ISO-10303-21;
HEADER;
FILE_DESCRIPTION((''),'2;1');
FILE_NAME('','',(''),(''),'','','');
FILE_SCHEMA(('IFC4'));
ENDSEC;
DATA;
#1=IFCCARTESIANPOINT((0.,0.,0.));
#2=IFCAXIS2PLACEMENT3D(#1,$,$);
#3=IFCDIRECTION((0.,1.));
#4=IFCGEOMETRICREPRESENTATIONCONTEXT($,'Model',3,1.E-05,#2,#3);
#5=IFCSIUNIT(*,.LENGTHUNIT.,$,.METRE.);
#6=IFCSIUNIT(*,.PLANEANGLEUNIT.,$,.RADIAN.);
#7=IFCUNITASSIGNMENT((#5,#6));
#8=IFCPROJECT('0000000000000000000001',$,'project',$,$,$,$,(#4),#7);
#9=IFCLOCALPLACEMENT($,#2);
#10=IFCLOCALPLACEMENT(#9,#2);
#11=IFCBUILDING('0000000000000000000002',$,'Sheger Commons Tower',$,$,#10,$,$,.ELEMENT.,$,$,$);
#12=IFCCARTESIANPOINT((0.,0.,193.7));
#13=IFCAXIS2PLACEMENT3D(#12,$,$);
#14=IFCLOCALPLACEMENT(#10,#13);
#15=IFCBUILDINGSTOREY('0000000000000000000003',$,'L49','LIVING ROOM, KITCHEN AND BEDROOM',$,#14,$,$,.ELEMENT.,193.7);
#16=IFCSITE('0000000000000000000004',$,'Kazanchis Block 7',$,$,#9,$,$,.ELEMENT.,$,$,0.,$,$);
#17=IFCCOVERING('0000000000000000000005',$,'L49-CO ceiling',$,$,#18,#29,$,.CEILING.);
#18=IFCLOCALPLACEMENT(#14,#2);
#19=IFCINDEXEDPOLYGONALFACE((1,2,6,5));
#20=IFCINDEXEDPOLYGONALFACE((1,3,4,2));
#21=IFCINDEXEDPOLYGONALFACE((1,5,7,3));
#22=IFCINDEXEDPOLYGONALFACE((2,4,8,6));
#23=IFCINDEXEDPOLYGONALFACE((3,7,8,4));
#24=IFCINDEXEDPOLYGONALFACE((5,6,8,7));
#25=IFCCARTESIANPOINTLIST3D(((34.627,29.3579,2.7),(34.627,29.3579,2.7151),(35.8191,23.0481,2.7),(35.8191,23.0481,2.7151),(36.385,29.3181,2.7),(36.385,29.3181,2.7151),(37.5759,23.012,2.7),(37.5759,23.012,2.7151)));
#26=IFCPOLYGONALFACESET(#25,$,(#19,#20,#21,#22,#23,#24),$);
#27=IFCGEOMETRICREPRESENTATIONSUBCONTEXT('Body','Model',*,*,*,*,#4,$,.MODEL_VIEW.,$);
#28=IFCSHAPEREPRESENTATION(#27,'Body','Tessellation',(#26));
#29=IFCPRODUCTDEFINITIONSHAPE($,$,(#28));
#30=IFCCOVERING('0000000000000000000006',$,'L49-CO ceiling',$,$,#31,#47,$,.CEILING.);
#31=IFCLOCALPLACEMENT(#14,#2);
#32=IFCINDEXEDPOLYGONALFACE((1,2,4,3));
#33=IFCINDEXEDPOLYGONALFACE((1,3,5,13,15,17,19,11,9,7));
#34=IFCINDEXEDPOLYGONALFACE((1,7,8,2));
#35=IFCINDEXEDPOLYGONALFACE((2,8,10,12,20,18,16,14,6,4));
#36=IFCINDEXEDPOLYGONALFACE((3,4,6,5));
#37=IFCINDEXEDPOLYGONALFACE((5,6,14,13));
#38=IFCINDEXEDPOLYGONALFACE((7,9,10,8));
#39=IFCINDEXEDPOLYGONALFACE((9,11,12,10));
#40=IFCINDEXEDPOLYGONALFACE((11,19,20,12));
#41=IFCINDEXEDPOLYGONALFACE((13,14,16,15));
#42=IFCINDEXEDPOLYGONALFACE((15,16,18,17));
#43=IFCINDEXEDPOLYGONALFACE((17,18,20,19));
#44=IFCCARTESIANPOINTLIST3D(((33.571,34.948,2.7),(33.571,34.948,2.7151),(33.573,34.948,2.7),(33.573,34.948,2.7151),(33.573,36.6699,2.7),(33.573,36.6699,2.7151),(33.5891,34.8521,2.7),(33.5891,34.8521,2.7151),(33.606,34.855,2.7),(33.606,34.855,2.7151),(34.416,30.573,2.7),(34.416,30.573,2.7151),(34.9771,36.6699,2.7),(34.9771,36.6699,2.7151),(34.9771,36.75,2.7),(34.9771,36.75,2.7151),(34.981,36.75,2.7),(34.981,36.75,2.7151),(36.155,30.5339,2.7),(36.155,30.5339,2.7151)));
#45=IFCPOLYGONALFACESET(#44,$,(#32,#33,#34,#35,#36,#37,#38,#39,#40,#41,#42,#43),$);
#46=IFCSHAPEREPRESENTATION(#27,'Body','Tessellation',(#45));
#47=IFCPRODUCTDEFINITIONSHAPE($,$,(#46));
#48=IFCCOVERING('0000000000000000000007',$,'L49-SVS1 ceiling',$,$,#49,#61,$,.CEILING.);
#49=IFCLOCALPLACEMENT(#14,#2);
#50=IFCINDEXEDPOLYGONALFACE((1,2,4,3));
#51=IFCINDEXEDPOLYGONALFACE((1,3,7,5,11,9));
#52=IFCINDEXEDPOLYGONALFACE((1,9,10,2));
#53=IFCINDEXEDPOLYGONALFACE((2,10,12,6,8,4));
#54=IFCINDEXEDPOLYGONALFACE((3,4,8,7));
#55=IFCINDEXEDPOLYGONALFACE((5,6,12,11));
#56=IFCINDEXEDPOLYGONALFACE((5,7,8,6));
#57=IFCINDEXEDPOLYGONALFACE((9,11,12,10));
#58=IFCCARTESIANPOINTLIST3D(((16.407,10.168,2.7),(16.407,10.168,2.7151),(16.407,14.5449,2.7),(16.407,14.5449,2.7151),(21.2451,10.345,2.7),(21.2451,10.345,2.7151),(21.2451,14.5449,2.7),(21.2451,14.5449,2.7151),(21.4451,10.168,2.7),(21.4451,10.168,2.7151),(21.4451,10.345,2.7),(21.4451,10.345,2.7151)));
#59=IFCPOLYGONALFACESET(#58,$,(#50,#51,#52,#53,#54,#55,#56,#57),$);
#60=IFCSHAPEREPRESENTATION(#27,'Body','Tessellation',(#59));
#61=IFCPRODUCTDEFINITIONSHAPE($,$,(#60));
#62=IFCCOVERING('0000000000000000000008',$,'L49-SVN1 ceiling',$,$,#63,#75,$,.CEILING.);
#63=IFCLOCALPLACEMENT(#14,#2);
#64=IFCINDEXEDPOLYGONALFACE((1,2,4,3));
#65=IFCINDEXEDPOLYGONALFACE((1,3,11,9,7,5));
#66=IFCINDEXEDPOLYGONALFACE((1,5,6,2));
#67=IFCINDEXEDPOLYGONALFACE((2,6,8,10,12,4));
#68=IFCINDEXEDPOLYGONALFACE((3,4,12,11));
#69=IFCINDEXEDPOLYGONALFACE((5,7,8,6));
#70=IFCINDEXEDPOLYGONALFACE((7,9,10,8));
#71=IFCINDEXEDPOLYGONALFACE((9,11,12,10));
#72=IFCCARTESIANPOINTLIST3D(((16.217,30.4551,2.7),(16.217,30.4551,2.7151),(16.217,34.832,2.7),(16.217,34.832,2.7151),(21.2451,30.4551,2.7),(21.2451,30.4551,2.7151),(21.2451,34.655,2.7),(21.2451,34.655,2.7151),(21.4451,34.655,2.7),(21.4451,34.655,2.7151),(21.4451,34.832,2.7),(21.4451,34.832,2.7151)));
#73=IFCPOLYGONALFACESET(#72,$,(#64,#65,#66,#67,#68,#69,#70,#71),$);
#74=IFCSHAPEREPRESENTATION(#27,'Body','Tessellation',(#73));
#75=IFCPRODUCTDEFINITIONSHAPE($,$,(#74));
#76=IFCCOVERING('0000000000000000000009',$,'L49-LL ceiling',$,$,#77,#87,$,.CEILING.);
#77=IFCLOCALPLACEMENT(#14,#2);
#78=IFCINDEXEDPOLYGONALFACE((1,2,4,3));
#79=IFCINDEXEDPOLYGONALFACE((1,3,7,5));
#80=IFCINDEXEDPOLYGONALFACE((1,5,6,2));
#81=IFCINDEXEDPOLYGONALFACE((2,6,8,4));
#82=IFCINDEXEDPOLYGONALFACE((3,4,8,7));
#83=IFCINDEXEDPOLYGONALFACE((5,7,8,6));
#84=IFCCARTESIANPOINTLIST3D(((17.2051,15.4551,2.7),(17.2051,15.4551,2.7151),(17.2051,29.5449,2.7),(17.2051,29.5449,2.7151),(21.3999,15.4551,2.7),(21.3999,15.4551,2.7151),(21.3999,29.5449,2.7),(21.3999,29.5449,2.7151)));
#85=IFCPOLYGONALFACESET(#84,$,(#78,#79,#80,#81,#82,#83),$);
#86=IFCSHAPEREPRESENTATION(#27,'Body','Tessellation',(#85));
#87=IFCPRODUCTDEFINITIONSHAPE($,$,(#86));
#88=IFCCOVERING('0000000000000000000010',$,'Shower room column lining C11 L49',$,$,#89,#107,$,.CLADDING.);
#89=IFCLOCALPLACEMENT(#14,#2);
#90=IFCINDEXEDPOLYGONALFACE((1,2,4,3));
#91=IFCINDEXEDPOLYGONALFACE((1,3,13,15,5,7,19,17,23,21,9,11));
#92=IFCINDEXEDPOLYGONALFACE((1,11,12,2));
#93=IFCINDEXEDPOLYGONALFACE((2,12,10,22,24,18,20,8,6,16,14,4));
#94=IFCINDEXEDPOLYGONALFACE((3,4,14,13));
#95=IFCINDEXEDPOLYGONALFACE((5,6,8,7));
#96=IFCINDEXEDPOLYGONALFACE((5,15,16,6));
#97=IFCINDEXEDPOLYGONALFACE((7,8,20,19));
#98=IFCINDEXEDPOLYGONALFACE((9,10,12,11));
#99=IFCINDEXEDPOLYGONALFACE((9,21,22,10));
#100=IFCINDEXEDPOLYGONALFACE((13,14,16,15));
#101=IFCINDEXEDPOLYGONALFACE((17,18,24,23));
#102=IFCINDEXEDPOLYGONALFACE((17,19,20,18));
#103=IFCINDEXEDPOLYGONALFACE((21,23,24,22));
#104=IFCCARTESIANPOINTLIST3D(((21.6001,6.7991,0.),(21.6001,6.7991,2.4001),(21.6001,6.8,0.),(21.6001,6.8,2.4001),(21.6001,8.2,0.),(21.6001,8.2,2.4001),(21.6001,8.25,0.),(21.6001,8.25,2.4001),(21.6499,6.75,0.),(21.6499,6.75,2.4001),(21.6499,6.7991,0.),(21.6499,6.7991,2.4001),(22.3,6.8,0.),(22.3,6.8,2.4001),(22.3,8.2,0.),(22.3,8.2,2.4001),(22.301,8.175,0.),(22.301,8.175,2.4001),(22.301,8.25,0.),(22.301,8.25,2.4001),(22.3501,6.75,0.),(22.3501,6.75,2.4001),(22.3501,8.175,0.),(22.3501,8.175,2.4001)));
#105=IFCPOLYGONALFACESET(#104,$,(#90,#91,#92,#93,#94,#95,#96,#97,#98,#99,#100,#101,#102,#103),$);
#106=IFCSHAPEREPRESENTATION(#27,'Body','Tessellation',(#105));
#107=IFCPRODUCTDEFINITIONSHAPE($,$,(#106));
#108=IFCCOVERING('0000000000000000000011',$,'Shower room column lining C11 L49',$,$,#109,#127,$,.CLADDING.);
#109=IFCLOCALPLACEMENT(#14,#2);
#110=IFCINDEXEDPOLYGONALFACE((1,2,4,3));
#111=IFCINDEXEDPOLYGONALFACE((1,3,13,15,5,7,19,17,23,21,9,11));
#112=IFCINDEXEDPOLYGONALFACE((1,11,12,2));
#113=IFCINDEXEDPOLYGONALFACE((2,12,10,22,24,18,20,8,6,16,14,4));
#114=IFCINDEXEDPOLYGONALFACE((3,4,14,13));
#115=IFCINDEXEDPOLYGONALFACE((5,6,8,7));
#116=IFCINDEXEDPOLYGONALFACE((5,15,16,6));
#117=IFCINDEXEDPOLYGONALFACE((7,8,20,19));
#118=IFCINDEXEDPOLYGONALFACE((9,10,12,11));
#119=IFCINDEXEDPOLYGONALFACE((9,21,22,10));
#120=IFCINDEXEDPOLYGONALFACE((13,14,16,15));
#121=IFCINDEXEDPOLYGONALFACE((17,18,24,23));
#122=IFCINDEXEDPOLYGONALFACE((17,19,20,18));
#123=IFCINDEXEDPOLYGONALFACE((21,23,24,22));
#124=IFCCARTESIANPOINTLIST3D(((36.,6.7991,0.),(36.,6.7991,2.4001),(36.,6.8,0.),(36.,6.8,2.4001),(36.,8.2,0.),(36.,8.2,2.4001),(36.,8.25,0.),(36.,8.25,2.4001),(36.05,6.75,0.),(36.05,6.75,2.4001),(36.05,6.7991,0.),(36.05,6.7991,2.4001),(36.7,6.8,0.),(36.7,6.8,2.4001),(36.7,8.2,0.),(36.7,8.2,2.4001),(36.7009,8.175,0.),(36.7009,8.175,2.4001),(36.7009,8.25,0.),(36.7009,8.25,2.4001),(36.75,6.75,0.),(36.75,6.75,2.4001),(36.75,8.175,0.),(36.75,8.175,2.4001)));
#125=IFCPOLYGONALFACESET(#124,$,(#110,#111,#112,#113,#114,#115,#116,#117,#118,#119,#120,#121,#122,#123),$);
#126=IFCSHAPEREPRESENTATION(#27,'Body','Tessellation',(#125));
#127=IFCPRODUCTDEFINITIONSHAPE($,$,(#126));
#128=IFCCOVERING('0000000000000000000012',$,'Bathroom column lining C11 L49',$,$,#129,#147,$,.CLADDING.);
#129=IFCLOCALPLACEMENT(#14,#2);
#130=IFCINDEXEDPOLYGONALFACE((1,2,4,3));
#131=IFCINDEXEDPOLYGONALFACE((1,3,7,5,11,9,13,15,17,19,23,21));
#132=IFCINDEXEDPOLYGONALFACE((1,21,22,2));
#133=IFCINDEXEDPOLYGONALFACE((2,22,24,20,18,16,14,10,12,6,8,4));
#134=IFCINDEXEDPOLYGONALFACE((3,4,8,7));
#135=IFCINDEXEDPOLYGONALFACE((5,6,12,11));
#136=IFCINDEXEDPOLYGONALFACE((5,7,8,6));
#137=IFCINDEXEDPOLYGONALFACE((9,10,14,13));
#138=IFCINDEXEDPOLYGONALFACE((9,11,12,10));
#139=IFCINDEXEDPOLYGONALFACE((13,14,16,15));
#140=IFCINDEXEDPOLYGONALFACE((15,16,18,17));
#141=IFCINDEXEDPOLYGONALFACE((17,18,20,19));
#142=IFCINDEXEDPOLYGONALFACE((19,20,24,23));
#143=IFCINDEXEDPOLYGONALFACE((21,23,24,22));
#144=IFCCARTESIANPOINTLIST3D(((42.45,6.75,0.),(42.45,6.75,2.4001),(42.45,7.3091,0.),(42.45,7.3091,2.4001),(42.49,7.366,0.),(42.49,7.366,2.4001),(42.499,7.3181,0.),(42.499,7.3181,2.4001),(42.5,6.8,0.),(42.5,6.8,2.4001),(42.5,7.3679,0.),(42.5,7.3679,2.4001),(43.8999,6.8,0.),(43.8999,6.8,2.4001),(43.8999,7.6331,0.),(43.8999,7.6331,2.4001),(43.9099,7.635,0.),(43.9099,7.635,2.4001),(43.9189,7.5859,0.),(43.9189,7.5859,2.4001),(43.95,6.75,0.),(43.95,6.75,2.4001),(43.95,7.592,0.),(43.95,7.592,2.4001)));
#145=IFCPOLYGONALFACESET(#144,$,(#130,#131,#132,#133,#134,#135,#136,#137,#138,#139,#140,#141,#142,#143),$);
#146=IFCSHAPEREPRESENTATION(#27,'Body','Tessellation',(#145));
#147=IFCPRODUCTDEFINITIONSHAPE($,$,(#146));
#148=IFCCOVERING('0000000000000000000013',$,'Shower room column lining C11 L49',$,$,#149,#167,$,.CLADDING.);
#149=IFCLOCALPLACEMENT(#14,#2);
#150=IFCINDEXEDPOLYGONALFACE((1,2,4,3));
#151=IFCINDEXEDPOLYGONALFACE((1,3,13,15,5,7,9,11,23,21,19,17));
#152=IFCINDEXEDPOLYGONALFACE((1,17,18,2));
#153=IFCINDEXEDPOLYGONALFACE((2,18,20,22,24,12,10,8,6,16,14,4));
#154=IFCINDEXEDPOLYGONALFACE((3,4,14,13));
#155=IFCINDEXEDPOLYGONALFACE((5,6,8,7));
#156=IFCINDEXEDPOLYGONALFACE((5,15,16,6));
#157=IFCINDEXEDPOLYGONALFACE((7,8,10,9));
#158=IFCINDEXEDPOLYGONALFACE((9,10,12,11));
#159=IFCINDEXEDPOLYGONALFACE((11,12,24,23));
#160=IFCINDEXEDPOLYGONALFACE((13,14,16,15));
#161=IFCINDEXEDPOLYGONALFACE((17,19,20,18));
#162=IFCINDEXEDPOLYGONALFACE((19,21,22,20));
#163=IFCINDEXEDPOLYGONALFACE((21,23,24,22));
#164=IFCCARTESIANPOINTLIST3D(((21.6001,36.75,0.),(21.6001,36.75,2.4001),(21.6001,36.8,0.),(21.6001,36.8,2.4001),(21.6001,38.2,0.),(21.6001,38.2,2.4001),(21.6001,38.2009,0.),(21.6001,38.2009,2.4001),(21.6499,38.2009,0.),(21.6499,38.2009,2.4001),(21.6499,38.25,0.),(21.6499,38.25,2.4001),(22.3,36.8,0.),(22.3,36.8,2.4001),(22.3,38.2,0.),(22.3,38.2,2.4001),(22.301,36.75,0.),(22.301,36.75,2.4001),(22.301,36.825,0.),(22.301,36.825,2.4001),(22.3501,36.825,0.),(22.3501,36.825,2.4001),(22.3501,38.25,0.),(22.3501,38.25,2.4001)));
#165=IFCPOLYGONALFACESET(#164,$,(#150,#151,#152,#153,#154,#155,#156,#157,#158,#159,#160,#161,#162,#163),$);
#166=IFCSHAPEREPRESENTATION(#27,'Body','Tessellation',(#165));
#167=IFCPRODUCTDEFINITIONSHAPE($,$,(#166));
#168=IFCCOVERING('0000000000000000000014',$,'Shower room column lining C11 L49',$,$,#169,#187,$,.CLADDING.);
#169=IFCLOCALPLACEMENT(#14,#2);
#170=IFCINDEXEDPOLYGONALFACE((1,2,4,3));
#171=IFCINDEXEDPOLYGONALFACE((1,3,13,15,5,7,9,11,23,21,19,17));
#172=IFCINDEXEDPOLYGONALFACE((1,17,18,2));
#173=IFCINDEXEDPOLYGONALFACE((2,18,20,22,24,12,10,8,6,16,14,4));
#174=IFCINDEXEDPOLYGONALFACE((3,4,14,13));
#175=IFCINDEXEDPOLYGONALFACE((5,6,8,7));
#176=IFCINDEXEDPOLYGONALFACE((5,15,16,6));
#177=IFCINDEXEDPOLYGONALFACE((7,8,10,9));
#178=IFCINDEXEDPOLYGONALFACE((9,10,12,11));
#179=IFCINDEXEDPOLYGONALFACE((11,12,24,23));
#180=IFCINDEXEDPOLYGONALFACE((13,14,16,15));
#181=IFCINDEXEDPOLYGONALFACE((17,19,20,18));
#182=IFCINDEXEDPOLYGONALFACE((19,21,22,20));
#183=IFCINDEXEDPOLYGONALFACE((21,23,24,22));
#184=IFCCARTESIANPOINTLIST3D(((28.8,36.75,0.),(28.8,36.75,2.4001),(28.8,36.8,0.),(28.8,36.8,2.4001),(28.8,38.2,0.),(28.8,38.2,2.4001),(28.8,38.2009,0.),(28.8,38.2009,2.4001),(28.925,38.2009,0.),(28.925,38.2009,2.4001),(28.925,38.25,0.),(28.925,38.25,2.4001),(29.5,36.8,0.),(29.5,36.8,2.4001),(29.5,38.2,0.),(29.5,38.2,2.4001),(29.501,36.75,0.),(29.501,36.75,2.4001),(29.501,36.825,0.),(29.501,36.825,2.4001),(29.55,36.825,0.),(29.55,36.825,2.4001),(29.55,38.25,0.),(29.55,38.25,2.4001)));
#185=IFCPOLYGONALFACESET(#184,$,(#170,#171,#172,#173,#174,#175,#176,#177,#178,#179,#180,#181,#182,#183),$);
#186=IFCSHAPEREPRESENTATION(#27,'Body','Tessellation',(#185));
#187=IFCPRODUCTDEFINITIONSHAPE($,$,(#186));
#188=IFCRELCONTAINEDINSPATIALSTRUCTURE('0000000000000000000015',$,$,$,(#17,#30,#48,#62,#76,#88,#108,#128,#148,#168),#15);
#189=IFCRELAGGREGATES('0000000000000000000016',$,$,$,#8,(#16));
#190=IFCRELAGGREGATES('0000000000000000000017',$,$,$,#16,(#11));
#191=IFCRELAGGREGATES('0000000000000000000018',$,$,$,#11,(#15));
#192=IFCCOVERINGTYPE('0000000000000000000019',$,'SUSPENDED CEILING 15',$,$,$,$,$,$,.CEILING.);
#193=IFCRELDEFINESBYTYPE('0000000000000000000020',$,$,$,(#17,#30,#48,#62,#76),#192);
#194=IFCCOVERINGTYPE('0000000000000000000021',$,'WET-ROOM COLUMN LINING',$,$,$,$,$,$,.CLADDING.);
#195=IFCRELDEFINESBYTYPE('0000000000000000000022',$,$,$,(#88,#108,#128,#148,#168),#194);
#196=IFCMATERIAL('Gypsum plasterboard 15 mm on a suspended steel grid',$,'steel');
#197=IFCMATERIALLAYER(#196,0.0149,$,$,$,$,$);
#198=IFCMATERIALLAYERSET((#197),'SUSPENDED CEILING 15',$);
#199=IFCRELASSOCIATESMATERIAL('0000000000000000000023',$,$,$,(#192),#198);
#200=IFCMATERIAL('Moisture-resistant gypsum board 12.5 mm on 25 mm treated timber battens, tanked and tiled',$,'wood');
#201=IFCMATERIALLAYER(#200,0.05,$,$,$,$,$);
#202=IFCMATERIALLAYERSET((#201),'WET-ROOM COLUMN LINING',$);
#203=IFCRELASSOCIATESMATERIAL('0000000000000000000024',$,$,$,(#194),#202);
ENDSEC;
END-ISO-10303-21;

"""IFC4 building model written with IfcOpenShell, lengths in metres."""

from ifc_helpers import new_model, si_unit, direction, frame, origin, place, context, subcontext, project, spatial, polyline, outline, extrude, material, layer, layer_set, type_object, element, save


model = new_model("IFC4")

# Units and contexts
model_context = context("Model", 3, precision=1e-05, world=origin(), true_north=direction((0.0, 1.0)))
body_context = subcontext(model_context, "Body", "Model", "MODEL_VIEW")
ifc_project = project(units=[si_unit("LENGTHUNIT", "METRE"), si_unit("PLANEANGLEUNIT", "RADIAN")], contexts=[model_context])

# Site, building, storey
site_placement = place(None, origin())
site = spatial("IfcSite", under=ifc_project, at=site_placement, Name="Kazanchis Block 7", CompositionType="ELEMENT", RefElevation=0.0)
building_placement = place(site_placement, origin())
building = spatial("IfcBuilding", under=site, at=building_placement, Name="Sheger Commons Tower", CompositionType="ELEMENT")
storey_placement = place(building_placement, frame((0.0, 0.0, 193.7)))
storey = spatial("IfcBuildingStorey", under=building, at=storey_placement, Name="L49", Description="LIVING ROOM, KITCHEN AND BEDROOM", CompositionType="ELEMENT", Elevation=193.7)

# Coverings
ifc_material_1 = material(Name="Gypsum plasterboard 15 mm on a suspended steel grid", Category="steel")
ifc_layer_1 = layer(ifc_material_1, 0.0149)
ifc_layer_set_1 = layer_set([ifc_layer_1], Name="SUSPENDED CEILING 15")
covering_type_1 = type_object("IfcCoveringType", Name="SUSPENDED CEILING 15", PredefinedType="CEILING", material=ifc_layer_set_1)
covering_1_placement = place(storey_placement, frame((0.0, 0.0, 2.7)))
element("IfcCovering", 1, at=covering_1_placement, inside=storey, type_object=covering_type_1, Name="L49-CO ceiling", PredefinedType="CEILING", context=body_context, shape_type="SweptSolid", body=[
    extrude(outline(polyline([(37.5759, 23.012), (36.385, 29.3181), (34.627, 29.3579), (35.8191, 23.0481), (37.5759, 23.012)])), origin(), (0.0, 0.0, 1.0), 0.0151),
])
covering_2_placement = place(storey_placement, frame((0.0, 0.0, 2.7)))
element("IfcCovering", 2, at=covering_2_placement, inside=storey, type_object=covering_type_1, Name="L49-CO ceiling", PredefinedType="CEILING", context=body_context, shape_type="SweptSolid", body=[
    extrude(outline(polyline([(36.155, 30.5339), (34.981, 36.75), (34.9771, 36.75), (34.9771, 36.6699), (33.573, 36.6699), (33.573, 34.948), (33.571, 34.948), (33.5891, 34.8521), (33.606, 34.855), (34.416, 30.573), (36.155, 30.5339)])), origin(), (0.0, 0.0, 1.0), 0.0151),
])
covering_3_placement = place(storey_placement, frame((0.0, 0.0, 2.7)))
element("IfcCovering", 3, at=covering_3_placement, inside=storey, type_object=covering_type_1, Name="L49-SVS1 ceiling", PredefinedType="CEILING", context=body_context, shape_type="SweptSolid", body=[
    extrude(outline(polyline([(16.407, 10.168), (21.4451, 10.168), (21.4451, 10.345), (21.2451, 10.345), (21.2451, 14.5449), (16.407, 14.5449), (16.407, 10.168)])), origin(), (0.0, 0.0, 1.0), 0.0151),
])
covering_4_placement = place(storey_placement, frame((0.0, 0.0, 2.7)))
element("IfcCovering", 4, at=covering_4_placement, inside=storey, type_object=covering_type_1, Name="L49-SVN1 ceiling", PredefinedType="CEILING", context=body_context, shape_type="SweptSolid", body=[
    extrude(outline(polyline([(16.217, 30.4551), (21.2451, 30.4551), (21.2451, 34.655), (21.4451, 34.655), (21.4451, 34.832), (16.217, 34.832), (16.217, 30.4551)])), origin(), (0.0, 0.0, 1.0), 0.0151),
])
covering_5_placement = place(storey_placement, frame((0.0, 0.0, 2.7)))
element("IfcCovering", 5, at=covering_5_placement, inside=storey, type_object=covering_type_1, Name="L49-LL ceiling", PredefinedType="CEILING", context=body_context, shape_type="SweptSolid", body=[
    extrude(outline(polyline([(17.2051, 15.4551), (21.3999, 15.4551), (21.3999, 29.5449), (17.2051, 29.5449), (17.2051, 15.4551)])), origin(), (0.0, 0.0, 1.0), 0.0151),
])
ifc_material_2 = material(Name="Moisture-resistant gypsum board 12.5 mm on 25 mm treated timber battens, tanked and tiled", Category="wood")
ifc_layer_2 = layer(ifc_material_2, 0.05)
ifc_layer_set_2 = layer_set([ifc_layer_2], Name="WET-ROOM COLUMN LINING")
covering_type_2 = type_object("IfcCoveringType", Name="WET-ROOM COLUMN LINING", PredefinedType="CLADDING", material=ifc_layer_set_2)
covering_6_placement = place(storey_placement, origin())
element("IfcCovering", 6, at=covering_6_placement, inside=storey, type_object=covering_type_2, Name="Shower room column lining C11 L49", PredefinedType="CLADDING", context=body_context, shape_type="SweptSolid", body=[
    extrude(outline(polyline([(22.3501, 6.75), (21.6499, 6.75), (21.6499, 6.7991), (21.6001, 6.7991), (21.6001, 6.8), (22.3, 6.8), (22.3, 8.2), (21.6001, 8.2), (21.6001, 8.25), (22.301, 8.25), (22.301, 8.175), (22.3501, 8.175), (22.3501, 6.75)])), origin(), (0.0, 0.0, 1.0), 2.4001),
])
covering_7_placement = place(storey_placement, origin())
element("IfcCovering", 7, at=covering_7_placement, inside=storey, type_object=covering_type_2, Name="Shower room column lining C11 L49", PredefinedType="CLADDING", context=body_context, shape_type="SweptSolid", body=[
    extrude(outline(polyline([(36.75, 6.75), (36.05, 6.75), (36.05, 6.7991), (36.0, 6.7991), (36.0, 6.8), (36.7, 6.8), (36.7, 8.2), (36.0, 8.2), (36.0, 8.25), (36.7009, 8.25), (36.7009, 8.175), (36.75, 8.175), (36.75, 6.75)])), origin(), (0.0, 0.0, 1.0), 2.4001),
])
covering_8_placement = place(storey_placement, origin())
element("IfcCovering", 8, at=covering_8_placement, inside=storey, type_object=covering_type_2, Name="Bathroom column lining C11 L49", PredefinedType="CLADDING", context=body_context, shape_type="SweptSolid", body=[
    extrude(outline(polyline([(42.5, 7.3679), (42.5, 6.8), (43.8999, 6.8), (43.8999, 7.6331), (43.9099, 7.635), (43.9189, 7.5859), (43.95, 7.592), (43.95, 6.75), (42.45, 6.75), (42.45, 7.3091), (42.499, 7.3181), (42.49, 7.366), (42.5, 7.3679)])), origin(), (0.0, 0.0, 1.0), 2.4001),
])
covering_9_placement = place(storey_placement, origin())
element("IfcCovering", 9, at=covering_9_placement, inside=storey, type_object=covering_type_2, Name="Shower room column lining C11 L49", PredefinedType="CLADDING", context=body_context, shape_type="SweptSolid", body=[
    extrude(outline(polyline([(22.3501, 36.825), (22.301, 36.825), (22.301, 36.75), (21.6001, 36.75), (21.6001, 36.8), (22.3, 36.8), (22.3, 38.2), (21.6001, 38.2), (21.6001, 38.2009), (21.6499, 38.2009), (21.6499, 38.25), (22.3501, 38.25), (22.3501, 36.825)])), origin(), (0.0, 0.0, 1.0), 2.4001),
])
covering_10_placement = place(storey_placement, origin())
element("IfcCovering", 10, at=covering_10_placement, inside=storey, type_object=covering_type_2, Name="Shower room column lining C11 L49", PredefinedType="CLADDING", context=body_context, shape_type="SweptSolid", body=[
    extrude(outline(polyline([(29.55, 36.825), (29.501, 36.825), (29.501, 36.75), (28.8, 36.75), (28.8, 36.8), (29.5, 36.8), (29.5, 38.2), (28.8, 38.2), (28.8, 38.2009), (28.925, 38.2009), (28.925, 38.25), (29.55, 38.25), (29.55, 36.825)])), origin(), (0.0, 0.0, 1.0), 2.4001),
])

save(model, "model.ifc")
